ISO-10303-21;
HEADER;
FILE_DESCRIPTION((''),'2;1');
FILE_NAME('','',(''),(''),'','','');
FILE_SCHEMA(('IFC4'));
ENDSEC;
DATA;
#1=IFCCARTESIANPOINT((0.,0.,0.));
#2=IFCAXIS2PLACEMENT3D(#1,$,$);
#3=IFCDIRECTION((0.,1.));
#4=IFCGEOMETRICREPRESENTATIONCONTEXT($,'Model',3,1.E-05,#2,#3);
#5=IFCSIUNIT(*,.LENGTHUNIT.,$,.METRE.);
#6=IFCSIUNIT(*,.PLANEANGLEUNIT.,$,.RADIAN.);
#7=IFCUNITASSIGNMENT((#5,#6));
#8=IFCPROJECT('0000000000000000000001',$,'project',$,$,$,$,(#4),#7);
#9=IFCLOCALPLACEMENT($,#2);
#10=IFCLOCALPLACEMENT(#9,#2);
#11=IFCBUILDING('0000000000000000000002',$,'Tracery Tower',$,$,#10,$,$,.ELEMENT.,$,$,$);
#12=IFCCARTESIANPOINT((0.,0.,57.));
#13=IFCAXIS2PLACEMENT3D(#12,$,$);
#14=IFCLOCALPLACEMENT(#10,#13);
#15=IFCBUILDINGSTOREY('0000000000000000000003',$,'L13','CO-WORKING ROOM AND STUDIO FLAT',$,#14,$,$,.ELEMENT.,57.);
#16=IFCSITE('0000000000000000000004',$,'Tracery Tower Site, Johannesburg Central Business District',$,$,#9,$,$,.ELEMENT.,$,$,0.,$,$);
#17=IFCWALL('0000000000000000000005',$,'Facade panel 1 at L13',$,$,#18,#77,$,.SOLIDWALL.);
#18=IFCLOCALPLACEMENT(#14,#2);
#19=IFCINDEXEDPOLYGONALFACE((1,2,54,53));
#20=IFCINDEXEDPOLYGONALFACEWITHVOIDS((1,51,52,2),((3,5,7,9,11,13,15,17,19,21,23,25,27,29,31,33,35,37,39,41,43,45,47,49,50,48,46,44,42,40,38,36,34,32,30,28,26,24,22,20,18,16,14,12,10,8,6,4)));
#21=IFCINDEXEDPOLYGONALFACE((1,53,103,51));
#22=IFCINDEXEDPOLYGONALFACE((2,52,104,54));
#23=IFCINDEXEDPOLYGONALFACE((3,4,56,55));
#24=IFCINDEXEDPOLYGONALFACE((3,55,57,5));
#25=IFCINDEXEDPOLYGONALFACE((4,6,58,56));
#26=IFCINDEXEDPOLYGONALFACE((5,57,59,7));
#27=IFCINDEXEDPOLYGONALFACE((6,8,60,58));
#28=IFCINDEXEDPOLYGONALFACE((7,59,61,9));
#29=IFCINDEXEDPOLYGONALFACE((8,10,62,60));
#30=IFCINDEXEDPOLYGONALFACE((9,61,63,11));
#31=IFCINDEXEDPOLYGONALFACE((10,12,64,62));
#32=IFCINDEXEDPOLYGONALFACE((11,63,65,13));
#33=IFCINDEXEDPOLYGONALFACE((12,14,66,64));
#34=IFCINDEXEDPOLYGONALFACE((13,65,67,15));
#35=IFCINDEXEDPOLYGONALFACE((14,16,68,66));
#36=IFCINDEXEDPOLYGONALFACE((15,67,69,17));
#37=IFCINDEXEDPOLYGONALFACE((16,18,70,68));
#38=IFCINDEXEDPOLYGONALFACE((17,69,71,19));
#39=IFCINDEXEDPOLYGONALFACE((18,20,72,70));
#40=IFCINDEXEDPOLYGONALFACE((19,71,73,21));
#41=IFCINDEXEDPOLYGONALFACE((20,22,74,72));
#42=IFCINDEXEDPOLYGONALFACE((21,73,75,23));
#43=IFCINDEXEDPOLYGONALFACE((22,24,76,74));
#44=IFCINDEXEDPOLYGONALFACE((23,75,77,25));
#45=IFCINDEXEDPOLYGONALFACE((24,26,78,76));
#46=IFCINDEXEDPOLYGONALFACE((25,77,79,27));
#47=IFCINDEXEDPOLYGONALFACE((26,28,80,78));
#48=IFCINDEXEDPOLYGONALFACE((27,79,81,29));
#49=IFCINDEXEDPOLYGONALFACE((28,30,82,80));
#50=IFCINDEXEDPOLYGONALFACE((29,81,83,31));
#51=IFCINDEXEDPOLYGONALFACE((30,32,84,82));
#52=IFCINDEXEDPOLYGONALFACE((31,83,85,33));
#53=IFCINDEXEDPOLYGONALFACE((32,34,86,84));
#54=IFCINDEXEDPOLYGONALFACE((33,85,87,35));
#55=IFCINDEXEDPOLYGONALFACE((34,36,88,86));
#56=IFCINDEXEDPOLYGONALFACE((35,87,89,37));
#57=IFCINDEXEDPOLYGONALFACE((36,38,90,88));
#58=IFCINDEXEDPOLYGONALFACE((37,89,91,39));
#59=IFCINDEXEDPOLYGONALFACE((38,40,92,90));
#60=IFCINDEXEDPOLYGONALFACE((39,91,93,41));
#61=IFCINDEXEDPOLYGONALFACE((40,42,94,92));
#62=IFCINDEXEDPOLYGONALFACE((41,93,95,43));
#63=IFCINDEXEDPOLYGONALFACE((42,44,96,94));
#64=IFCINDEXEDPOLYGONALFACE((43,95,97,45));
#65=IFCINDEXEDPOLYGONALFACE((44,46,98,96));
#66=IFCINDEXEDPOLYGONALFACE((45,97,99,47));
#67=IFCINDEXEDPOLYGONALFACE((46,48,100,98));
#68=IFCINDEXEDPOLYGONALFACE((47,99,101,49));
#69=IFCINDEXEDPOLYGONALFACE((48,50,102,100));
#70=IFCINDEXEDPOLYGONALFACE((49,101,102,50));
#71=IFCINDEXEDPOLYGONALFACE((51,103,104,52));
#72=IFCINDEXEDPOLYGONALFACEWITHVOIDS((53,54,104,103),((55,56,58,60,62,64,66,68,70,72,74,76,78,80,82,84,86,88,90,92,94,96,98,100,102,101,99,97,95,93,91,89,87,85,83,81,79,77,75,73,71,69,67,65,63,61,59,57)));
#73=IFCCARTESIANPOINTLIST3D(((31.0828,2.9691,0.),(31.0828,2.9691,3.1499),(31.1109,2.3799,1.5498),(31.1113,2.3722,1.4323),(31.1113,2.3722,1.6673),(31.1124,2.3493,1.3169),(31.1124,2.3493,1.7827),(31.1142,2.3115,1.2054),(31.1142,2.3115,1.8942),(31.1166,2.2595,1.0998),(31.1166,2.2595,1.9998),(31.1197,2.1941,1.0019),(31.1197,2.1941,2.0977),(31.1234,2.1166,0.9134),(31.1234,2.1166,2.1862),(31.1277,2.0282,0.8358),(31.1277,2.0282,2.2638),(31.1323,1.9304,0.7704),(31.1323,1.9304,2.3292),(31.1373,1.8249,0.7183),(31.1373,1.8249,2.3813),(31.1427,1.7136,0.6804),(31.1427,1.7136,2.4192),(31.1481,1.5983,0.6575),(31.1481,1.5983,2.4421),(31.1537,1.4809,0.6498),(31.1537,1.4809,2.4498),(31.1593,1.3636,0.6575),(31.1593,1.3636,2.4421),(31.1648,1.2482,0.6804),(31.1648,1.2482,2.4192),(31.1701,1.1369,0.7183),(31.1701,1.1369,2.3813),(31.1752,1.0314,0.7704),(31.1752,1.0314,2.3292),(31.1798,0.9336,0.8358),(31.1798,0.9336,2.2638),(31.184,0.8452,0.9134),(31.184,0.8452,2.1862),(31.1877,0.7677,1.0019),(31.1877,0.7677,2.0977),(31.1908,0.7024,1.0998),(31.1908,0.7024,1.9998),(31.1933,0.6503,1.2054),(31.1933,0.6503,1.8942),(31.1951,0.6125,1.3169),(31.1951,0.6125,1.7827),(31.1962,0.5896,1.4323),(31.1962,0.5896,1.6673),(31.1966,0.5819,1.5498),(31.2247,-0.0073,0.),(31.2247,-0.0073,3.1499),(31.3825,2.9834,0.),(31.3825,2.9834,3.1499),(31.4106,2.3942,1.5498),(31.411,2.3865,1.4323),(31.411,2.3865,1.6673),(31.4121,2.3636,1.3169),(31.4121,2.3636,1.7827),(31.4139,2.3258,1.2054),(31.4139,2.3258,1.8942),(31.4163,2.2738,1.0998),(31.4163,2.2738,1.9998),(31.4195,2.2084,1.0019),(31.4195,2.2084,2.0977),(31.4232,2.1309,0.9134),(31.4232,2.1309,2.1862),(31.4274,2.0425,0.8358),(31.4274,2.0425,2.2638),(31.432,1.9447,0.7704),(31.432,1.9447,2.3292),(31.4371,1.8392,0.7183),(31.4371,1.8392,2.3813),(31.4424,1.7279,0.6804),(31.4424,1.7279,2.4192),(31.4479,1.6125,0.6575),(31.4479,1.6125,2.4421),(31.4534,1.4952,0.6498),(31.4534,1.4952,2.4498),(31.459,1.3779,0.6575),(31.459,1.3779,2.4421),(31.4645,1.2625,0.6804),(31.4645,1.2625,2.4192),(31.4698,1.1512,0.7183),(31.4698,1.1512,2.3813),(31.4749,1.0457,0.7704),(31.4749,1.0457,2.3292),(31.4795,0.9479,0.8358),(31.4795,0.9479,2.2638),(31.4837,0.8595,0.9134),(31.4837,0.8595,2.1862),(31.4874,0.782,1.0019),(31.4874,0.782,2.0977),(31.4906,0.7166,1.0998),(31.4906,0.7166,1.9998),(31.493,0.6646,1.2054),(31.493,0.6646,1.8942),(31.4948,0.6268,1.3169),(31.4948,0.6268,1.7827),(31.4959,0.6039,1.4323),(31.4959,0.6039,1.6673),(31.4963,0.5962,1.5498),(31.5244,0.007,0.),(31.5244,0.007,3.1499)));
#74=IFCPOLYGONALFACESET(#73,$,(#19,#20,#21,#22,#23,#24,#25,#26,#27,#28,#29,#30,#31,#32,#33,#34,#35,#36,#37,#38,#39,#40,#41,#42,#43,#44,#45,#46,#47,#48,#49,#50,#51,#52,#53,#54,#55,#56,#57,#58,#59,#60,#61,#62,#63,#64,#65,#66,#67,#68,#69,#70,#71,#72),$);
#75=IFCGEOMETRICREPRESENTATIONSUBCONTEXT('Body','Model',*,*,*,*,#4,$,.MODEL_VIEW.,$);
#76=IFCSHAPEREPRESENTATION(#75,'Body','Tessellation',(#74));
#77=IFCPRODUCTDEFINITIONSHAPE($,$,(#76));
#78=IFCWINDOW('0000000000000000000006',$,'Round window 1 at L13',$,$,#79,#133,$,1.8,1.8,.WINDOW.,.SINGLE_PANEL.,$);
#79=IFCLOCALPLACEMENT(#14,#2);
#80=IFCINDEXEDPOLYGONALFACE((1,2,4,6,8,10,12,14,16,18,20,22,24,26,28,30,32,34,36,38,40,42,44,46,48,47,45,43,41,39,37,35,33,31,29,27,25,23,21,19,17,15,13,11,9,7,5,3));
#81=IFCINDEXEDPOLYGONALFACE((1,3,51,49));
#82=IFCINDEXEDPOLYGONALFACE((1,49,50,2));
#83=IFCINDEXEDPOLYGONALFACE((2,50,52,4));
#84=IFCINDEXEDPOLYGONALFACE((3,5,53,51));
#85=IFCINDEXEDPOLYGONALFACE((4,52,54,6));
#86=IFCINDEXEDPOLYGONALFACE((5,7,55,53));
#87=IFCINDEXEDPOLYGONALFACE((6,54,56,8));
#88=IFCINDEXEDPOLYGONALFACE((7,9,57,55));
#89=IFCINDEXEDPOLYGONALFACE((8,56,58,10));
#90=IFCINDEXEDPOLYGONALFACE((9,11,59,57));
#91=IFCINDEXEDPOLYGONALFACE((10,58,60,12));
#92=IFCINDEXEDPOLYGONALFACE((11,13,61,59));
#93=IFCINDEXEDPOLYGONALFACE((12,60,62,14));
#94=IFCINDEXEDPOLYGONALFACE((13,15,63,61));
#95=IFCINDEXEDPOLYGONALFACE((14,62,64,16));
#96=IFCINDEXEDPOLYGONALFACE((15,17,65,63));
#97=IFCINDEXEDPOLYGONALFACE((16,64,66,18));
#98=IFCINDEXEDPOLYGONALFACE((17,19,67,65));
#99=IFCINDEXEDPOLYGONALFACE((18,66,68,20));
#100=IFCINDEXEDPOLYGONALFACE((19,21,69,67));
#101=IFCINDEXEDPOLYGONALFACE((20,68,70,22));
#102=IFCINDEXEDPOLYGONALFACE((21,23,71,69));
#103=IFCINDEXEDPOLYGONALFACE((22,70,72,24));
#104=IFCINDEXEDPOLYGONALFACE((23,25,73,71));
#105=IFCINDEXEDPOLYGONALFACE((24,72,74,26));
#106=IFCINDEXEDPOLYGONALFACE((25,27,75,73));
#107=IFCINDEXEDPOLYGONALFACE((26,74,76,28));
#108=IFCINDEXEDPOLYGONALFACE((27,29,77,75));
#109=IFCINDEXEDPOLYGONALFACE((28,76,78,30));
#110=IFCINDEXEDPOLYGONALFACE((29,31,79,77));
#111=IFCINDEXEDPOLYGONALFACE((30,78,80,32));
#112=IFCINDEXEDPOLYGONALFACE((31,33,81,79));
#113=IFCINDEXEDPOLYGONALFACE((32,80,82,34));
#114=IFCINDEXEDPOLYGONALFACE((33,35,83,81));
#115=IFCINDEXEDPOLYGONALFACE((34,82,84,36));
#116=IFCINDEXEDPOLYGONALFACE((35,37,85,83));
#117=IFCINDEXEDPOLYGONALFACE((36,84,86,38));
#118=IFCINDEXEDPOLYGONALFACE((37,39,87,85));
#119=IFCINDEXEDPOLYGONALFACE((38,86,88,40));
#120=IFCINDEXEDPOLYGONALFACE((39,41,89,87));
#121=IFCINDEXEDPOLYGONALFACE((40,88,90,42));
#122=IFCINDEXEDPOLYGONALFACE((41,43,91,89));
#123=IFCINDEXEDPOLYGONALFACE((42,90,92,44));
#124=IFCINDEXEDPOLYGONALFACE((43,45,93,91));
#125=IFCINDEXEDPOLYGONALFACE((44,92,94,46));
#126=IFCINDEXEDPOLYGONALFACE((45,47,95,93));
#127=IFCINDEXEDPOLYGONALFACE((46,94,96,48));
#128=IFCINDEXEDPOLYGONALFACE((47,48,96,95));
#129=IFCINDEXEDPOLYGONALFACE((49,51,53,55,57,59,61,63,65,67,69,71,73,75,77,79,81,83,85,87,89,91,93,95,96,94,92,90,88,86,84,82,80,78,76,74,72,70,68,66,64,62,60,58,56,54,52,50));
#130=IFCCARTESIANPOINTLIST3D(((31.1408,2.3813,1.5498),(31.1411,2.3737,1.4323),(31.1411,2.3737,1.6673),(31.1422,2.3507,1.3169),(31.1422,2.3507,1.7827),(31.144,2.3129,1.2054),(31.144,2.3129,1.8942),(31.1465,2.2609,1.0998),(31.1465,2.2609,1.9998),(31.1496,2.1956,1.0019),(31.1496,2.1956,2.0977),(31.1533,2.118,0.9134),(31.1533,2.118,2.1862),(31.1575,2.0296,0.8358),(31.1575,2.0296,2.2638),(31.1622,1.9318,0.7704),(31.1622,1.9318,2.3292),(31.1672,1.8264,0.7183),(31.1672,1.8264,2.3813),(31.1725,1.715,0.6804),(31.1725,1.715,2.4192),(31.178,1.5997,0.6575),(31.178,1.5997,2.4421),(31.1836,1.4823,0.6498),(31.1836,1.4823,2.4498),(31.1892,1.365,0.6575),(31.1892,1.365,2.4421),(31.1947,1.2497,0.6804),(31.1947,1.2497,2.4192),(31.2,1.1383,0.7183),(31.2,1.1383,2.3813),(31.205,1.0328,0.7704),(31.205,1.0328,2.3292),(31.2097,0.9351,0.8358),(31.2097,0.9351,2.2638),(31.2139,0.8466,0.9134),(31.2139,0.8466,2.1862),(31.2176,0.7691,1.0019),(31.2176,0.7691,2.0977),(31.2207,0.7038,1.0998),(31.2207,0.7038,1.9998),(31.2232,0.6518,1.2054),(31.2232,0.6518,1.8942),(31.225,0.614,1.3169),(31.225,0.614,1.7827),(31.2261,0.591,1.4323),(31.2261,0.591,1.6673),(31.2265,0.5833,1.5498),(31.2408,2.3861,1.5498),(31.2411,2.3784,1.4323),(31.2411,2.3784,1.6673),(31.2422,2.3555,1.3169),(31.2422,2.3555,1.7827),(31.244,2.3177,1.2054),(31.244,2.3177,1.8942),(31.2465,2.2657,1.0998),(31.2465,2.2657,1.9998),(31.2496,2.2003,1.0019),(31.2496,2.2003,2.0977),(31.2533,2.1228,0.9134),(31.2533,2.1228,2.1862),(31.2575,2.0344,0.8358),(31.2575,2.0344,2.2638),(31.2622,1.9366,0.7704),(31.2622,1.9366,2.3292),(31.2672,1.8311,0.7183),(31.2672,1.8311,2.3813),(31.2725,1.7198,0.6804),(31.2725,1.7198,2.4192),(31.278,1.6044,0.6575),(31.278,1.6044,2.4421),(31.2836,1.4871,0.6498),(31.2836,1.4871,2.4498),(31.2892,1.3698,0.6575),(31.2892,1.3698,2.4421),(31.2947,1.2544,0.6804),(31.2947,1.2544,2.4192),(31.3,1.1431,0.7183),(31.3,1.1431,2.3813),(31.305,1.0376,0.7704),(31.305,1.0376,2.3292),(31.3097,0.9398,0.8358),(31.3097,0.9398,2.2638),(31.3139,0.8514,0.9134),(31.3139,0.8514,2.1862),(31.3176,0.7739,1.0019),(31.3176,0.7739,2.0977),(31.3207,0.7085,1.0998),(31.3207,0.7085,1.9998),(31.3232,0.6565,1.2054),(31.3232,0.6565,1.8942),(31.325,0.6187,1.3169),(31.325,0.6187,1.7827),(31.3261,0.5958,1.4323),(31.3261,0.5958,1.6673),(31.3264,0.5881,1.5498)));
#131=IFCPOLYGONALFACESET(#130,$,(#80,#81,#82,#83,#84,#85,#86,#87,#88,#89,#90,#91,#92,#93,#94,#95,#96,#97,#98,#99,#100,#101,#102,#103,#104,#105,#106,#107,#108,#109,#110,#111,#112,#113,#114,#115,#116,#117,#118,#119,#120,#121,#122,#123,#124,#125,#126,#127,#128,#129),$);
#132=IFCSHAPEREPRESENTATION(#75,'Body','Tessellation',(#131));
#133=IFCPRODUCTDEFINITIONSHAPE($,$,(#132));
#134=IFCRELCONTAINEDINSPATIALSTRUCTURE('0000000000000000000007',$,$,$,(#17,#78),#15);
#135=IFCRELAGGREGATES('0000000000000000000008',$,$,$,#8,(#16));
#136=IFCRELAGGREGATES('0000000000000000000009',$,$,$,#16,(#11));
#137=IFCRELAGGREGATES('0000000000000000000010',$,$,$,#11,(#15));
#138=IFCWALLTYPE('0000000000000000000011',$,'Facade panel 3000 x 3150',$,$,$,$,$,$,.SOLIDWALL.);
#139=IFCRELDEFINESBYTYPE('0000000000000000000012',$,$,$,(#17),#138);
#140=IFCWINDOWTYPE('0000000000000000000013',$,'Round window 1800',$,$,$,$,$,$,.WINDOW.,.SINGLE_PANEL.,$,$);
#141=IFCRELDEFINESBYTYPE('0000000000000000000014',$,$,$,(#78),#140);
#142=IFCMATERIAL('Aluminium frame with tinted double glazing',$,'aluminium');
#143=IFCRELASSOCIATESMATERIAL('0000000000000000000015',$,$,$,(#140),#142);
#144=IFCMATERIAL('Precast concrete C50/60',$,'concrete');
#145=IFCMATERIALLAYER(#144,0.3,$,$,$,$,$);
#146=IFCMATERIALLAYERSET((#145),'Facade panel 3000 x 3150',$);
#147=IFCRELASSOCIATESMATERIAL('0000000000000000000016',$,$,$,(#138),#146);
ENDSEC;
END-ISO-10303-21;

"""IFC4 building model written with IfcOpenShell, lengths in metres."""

from ifc_helpers import new_model, si_unit, direction, frame, frame_2d, origin, origin_2d, place, context, subcontext, project, spatial, rectangle, circle, extrude, material, layer, layer_set, type_object, element, fill, save


model = new_model("IFC4")

# Units and contexts
model_context = context("Model", 3, precision=1e-05, world=origin(), true_north=direction((0.0, 1.0)))
body_context = subcontext(model_context, "Body", "Model", "MODEL_VIEW")
ifc_project = project(units=[si_unit("LENGTHUNIT", "METRE"), si_unit("PLANEANGLEUNIT", "RADIAN")], contexts=[model_context])

# Site, building, storey
site_placement = place(None, origin())
site = spatial("IfcSite", under=ifc_project, at=site_placement, Name="Tracery Tower Site, Johannesburg Central Business District", CompositionType="ELEMENT", RefElevation=0.0)
building_placement = place(site_placement, origin())
building = spatial("IfcBuilding", under=site, at=building_placement, Name="Tracery Tower", CompositionType="ELEMENT")
storey_placement = place(building_placement, frame((0.0, 0.0, 57.0)))
storey = spatial("IfcBuildingStorey", under=building, at=storey_placement, Name="L13", Description="CO-WORKING ROOM AND STUDIO FLAT", CompositionType="ELEMENT", Elevation=57.0)

# Wall, opening, window
ifc_material_1 = material(Name="Aluminium frame with tinted double glazing", Category="aluminium")
window_type = type_object("IfcWindowType", Name="Round window 1800", PartitioningType="SINGLE_PANEL", PredefinedType="WINDOW", material=ifc_material_1)
ifc_material_2 = material(Name="Precast concrete C50/60", Category="concrete")
ifc_layer_1 = layer(ifc_material_2, 0.3)
ifc_layer_set_1 = layer_set([ifc_layer_1], Name="Facade panel 3000 x 3150")
wall_type_1 = type_object("IfcWallType", Name="Facade panel 3000 x 3150", PredefinedType="SOLIDWALL", material=ifc_layer_set_1)
wall_1_placement = place(storey_placement, frame((31.3745, 0.0, 0.0), z_axis=(0.0, 0.0, 1.0), x_axis=(-0.047604, 0.998866, 0.0)))
wall_1 = element("IfcWall", 1, at=wall_1_placement, inside=storey, type_object=wall_type_1, Name="Facade panel 1 at L13", PredefinedType="SOLIDWALL", context=body_context, shape_type="SweptSolid", body=[
    extrude(rectangle(XDim=2.9797, YDim=0.3, at=frame_2d((1.4897, 0.0))), origin(), (0.0, 0.0, 1.0), 3.1499),
])
opening_1_placement = place(wall_1_placement, frame((1.4897, 0.0, 1.5498)))
opening_1 = element("IfcOpeningElement", 2, at=opening_1_placement, cuts=wall_1, PredefinedType="OPENING", context=body_context, shape_type="SweptSolid", body=[
    extrude(circle(Radius=0.9, at=origin_2d()), frame((0.0, 0.1599, 0.0), z_axis=(0.0, -1.0, 0.0), x_axis=(1.0, 0.0, 0.0)), (0.0, 0.0, 1.0), 0.3201),
])
window_1_placement = place(opening_1_placement, origin())
window_1 = element("IfcWindow", 3, at=window_1_placement, inside=storey, type_object=window_type, Name="Round window 1 at L13", OverallHeight=1.8, OverallWidth=1.8, PartitioningType="SINGLE_PANEL", PredefinedType="WINDOW", context=body_context, shape_type="SweptSolid", body=[
    extrude(circle(Radius=0.9, at=origin_2d()), frame((0.0, 0.1201, 0.0), z_axis=(0.0, -1.0, 0.0), x_axis=(1.0, 0.0, 0.0)), (0.0, 0.0, 1.0), 0.1001),
])
fill(opening_1, window_1)

save(model, "model.ifc")
